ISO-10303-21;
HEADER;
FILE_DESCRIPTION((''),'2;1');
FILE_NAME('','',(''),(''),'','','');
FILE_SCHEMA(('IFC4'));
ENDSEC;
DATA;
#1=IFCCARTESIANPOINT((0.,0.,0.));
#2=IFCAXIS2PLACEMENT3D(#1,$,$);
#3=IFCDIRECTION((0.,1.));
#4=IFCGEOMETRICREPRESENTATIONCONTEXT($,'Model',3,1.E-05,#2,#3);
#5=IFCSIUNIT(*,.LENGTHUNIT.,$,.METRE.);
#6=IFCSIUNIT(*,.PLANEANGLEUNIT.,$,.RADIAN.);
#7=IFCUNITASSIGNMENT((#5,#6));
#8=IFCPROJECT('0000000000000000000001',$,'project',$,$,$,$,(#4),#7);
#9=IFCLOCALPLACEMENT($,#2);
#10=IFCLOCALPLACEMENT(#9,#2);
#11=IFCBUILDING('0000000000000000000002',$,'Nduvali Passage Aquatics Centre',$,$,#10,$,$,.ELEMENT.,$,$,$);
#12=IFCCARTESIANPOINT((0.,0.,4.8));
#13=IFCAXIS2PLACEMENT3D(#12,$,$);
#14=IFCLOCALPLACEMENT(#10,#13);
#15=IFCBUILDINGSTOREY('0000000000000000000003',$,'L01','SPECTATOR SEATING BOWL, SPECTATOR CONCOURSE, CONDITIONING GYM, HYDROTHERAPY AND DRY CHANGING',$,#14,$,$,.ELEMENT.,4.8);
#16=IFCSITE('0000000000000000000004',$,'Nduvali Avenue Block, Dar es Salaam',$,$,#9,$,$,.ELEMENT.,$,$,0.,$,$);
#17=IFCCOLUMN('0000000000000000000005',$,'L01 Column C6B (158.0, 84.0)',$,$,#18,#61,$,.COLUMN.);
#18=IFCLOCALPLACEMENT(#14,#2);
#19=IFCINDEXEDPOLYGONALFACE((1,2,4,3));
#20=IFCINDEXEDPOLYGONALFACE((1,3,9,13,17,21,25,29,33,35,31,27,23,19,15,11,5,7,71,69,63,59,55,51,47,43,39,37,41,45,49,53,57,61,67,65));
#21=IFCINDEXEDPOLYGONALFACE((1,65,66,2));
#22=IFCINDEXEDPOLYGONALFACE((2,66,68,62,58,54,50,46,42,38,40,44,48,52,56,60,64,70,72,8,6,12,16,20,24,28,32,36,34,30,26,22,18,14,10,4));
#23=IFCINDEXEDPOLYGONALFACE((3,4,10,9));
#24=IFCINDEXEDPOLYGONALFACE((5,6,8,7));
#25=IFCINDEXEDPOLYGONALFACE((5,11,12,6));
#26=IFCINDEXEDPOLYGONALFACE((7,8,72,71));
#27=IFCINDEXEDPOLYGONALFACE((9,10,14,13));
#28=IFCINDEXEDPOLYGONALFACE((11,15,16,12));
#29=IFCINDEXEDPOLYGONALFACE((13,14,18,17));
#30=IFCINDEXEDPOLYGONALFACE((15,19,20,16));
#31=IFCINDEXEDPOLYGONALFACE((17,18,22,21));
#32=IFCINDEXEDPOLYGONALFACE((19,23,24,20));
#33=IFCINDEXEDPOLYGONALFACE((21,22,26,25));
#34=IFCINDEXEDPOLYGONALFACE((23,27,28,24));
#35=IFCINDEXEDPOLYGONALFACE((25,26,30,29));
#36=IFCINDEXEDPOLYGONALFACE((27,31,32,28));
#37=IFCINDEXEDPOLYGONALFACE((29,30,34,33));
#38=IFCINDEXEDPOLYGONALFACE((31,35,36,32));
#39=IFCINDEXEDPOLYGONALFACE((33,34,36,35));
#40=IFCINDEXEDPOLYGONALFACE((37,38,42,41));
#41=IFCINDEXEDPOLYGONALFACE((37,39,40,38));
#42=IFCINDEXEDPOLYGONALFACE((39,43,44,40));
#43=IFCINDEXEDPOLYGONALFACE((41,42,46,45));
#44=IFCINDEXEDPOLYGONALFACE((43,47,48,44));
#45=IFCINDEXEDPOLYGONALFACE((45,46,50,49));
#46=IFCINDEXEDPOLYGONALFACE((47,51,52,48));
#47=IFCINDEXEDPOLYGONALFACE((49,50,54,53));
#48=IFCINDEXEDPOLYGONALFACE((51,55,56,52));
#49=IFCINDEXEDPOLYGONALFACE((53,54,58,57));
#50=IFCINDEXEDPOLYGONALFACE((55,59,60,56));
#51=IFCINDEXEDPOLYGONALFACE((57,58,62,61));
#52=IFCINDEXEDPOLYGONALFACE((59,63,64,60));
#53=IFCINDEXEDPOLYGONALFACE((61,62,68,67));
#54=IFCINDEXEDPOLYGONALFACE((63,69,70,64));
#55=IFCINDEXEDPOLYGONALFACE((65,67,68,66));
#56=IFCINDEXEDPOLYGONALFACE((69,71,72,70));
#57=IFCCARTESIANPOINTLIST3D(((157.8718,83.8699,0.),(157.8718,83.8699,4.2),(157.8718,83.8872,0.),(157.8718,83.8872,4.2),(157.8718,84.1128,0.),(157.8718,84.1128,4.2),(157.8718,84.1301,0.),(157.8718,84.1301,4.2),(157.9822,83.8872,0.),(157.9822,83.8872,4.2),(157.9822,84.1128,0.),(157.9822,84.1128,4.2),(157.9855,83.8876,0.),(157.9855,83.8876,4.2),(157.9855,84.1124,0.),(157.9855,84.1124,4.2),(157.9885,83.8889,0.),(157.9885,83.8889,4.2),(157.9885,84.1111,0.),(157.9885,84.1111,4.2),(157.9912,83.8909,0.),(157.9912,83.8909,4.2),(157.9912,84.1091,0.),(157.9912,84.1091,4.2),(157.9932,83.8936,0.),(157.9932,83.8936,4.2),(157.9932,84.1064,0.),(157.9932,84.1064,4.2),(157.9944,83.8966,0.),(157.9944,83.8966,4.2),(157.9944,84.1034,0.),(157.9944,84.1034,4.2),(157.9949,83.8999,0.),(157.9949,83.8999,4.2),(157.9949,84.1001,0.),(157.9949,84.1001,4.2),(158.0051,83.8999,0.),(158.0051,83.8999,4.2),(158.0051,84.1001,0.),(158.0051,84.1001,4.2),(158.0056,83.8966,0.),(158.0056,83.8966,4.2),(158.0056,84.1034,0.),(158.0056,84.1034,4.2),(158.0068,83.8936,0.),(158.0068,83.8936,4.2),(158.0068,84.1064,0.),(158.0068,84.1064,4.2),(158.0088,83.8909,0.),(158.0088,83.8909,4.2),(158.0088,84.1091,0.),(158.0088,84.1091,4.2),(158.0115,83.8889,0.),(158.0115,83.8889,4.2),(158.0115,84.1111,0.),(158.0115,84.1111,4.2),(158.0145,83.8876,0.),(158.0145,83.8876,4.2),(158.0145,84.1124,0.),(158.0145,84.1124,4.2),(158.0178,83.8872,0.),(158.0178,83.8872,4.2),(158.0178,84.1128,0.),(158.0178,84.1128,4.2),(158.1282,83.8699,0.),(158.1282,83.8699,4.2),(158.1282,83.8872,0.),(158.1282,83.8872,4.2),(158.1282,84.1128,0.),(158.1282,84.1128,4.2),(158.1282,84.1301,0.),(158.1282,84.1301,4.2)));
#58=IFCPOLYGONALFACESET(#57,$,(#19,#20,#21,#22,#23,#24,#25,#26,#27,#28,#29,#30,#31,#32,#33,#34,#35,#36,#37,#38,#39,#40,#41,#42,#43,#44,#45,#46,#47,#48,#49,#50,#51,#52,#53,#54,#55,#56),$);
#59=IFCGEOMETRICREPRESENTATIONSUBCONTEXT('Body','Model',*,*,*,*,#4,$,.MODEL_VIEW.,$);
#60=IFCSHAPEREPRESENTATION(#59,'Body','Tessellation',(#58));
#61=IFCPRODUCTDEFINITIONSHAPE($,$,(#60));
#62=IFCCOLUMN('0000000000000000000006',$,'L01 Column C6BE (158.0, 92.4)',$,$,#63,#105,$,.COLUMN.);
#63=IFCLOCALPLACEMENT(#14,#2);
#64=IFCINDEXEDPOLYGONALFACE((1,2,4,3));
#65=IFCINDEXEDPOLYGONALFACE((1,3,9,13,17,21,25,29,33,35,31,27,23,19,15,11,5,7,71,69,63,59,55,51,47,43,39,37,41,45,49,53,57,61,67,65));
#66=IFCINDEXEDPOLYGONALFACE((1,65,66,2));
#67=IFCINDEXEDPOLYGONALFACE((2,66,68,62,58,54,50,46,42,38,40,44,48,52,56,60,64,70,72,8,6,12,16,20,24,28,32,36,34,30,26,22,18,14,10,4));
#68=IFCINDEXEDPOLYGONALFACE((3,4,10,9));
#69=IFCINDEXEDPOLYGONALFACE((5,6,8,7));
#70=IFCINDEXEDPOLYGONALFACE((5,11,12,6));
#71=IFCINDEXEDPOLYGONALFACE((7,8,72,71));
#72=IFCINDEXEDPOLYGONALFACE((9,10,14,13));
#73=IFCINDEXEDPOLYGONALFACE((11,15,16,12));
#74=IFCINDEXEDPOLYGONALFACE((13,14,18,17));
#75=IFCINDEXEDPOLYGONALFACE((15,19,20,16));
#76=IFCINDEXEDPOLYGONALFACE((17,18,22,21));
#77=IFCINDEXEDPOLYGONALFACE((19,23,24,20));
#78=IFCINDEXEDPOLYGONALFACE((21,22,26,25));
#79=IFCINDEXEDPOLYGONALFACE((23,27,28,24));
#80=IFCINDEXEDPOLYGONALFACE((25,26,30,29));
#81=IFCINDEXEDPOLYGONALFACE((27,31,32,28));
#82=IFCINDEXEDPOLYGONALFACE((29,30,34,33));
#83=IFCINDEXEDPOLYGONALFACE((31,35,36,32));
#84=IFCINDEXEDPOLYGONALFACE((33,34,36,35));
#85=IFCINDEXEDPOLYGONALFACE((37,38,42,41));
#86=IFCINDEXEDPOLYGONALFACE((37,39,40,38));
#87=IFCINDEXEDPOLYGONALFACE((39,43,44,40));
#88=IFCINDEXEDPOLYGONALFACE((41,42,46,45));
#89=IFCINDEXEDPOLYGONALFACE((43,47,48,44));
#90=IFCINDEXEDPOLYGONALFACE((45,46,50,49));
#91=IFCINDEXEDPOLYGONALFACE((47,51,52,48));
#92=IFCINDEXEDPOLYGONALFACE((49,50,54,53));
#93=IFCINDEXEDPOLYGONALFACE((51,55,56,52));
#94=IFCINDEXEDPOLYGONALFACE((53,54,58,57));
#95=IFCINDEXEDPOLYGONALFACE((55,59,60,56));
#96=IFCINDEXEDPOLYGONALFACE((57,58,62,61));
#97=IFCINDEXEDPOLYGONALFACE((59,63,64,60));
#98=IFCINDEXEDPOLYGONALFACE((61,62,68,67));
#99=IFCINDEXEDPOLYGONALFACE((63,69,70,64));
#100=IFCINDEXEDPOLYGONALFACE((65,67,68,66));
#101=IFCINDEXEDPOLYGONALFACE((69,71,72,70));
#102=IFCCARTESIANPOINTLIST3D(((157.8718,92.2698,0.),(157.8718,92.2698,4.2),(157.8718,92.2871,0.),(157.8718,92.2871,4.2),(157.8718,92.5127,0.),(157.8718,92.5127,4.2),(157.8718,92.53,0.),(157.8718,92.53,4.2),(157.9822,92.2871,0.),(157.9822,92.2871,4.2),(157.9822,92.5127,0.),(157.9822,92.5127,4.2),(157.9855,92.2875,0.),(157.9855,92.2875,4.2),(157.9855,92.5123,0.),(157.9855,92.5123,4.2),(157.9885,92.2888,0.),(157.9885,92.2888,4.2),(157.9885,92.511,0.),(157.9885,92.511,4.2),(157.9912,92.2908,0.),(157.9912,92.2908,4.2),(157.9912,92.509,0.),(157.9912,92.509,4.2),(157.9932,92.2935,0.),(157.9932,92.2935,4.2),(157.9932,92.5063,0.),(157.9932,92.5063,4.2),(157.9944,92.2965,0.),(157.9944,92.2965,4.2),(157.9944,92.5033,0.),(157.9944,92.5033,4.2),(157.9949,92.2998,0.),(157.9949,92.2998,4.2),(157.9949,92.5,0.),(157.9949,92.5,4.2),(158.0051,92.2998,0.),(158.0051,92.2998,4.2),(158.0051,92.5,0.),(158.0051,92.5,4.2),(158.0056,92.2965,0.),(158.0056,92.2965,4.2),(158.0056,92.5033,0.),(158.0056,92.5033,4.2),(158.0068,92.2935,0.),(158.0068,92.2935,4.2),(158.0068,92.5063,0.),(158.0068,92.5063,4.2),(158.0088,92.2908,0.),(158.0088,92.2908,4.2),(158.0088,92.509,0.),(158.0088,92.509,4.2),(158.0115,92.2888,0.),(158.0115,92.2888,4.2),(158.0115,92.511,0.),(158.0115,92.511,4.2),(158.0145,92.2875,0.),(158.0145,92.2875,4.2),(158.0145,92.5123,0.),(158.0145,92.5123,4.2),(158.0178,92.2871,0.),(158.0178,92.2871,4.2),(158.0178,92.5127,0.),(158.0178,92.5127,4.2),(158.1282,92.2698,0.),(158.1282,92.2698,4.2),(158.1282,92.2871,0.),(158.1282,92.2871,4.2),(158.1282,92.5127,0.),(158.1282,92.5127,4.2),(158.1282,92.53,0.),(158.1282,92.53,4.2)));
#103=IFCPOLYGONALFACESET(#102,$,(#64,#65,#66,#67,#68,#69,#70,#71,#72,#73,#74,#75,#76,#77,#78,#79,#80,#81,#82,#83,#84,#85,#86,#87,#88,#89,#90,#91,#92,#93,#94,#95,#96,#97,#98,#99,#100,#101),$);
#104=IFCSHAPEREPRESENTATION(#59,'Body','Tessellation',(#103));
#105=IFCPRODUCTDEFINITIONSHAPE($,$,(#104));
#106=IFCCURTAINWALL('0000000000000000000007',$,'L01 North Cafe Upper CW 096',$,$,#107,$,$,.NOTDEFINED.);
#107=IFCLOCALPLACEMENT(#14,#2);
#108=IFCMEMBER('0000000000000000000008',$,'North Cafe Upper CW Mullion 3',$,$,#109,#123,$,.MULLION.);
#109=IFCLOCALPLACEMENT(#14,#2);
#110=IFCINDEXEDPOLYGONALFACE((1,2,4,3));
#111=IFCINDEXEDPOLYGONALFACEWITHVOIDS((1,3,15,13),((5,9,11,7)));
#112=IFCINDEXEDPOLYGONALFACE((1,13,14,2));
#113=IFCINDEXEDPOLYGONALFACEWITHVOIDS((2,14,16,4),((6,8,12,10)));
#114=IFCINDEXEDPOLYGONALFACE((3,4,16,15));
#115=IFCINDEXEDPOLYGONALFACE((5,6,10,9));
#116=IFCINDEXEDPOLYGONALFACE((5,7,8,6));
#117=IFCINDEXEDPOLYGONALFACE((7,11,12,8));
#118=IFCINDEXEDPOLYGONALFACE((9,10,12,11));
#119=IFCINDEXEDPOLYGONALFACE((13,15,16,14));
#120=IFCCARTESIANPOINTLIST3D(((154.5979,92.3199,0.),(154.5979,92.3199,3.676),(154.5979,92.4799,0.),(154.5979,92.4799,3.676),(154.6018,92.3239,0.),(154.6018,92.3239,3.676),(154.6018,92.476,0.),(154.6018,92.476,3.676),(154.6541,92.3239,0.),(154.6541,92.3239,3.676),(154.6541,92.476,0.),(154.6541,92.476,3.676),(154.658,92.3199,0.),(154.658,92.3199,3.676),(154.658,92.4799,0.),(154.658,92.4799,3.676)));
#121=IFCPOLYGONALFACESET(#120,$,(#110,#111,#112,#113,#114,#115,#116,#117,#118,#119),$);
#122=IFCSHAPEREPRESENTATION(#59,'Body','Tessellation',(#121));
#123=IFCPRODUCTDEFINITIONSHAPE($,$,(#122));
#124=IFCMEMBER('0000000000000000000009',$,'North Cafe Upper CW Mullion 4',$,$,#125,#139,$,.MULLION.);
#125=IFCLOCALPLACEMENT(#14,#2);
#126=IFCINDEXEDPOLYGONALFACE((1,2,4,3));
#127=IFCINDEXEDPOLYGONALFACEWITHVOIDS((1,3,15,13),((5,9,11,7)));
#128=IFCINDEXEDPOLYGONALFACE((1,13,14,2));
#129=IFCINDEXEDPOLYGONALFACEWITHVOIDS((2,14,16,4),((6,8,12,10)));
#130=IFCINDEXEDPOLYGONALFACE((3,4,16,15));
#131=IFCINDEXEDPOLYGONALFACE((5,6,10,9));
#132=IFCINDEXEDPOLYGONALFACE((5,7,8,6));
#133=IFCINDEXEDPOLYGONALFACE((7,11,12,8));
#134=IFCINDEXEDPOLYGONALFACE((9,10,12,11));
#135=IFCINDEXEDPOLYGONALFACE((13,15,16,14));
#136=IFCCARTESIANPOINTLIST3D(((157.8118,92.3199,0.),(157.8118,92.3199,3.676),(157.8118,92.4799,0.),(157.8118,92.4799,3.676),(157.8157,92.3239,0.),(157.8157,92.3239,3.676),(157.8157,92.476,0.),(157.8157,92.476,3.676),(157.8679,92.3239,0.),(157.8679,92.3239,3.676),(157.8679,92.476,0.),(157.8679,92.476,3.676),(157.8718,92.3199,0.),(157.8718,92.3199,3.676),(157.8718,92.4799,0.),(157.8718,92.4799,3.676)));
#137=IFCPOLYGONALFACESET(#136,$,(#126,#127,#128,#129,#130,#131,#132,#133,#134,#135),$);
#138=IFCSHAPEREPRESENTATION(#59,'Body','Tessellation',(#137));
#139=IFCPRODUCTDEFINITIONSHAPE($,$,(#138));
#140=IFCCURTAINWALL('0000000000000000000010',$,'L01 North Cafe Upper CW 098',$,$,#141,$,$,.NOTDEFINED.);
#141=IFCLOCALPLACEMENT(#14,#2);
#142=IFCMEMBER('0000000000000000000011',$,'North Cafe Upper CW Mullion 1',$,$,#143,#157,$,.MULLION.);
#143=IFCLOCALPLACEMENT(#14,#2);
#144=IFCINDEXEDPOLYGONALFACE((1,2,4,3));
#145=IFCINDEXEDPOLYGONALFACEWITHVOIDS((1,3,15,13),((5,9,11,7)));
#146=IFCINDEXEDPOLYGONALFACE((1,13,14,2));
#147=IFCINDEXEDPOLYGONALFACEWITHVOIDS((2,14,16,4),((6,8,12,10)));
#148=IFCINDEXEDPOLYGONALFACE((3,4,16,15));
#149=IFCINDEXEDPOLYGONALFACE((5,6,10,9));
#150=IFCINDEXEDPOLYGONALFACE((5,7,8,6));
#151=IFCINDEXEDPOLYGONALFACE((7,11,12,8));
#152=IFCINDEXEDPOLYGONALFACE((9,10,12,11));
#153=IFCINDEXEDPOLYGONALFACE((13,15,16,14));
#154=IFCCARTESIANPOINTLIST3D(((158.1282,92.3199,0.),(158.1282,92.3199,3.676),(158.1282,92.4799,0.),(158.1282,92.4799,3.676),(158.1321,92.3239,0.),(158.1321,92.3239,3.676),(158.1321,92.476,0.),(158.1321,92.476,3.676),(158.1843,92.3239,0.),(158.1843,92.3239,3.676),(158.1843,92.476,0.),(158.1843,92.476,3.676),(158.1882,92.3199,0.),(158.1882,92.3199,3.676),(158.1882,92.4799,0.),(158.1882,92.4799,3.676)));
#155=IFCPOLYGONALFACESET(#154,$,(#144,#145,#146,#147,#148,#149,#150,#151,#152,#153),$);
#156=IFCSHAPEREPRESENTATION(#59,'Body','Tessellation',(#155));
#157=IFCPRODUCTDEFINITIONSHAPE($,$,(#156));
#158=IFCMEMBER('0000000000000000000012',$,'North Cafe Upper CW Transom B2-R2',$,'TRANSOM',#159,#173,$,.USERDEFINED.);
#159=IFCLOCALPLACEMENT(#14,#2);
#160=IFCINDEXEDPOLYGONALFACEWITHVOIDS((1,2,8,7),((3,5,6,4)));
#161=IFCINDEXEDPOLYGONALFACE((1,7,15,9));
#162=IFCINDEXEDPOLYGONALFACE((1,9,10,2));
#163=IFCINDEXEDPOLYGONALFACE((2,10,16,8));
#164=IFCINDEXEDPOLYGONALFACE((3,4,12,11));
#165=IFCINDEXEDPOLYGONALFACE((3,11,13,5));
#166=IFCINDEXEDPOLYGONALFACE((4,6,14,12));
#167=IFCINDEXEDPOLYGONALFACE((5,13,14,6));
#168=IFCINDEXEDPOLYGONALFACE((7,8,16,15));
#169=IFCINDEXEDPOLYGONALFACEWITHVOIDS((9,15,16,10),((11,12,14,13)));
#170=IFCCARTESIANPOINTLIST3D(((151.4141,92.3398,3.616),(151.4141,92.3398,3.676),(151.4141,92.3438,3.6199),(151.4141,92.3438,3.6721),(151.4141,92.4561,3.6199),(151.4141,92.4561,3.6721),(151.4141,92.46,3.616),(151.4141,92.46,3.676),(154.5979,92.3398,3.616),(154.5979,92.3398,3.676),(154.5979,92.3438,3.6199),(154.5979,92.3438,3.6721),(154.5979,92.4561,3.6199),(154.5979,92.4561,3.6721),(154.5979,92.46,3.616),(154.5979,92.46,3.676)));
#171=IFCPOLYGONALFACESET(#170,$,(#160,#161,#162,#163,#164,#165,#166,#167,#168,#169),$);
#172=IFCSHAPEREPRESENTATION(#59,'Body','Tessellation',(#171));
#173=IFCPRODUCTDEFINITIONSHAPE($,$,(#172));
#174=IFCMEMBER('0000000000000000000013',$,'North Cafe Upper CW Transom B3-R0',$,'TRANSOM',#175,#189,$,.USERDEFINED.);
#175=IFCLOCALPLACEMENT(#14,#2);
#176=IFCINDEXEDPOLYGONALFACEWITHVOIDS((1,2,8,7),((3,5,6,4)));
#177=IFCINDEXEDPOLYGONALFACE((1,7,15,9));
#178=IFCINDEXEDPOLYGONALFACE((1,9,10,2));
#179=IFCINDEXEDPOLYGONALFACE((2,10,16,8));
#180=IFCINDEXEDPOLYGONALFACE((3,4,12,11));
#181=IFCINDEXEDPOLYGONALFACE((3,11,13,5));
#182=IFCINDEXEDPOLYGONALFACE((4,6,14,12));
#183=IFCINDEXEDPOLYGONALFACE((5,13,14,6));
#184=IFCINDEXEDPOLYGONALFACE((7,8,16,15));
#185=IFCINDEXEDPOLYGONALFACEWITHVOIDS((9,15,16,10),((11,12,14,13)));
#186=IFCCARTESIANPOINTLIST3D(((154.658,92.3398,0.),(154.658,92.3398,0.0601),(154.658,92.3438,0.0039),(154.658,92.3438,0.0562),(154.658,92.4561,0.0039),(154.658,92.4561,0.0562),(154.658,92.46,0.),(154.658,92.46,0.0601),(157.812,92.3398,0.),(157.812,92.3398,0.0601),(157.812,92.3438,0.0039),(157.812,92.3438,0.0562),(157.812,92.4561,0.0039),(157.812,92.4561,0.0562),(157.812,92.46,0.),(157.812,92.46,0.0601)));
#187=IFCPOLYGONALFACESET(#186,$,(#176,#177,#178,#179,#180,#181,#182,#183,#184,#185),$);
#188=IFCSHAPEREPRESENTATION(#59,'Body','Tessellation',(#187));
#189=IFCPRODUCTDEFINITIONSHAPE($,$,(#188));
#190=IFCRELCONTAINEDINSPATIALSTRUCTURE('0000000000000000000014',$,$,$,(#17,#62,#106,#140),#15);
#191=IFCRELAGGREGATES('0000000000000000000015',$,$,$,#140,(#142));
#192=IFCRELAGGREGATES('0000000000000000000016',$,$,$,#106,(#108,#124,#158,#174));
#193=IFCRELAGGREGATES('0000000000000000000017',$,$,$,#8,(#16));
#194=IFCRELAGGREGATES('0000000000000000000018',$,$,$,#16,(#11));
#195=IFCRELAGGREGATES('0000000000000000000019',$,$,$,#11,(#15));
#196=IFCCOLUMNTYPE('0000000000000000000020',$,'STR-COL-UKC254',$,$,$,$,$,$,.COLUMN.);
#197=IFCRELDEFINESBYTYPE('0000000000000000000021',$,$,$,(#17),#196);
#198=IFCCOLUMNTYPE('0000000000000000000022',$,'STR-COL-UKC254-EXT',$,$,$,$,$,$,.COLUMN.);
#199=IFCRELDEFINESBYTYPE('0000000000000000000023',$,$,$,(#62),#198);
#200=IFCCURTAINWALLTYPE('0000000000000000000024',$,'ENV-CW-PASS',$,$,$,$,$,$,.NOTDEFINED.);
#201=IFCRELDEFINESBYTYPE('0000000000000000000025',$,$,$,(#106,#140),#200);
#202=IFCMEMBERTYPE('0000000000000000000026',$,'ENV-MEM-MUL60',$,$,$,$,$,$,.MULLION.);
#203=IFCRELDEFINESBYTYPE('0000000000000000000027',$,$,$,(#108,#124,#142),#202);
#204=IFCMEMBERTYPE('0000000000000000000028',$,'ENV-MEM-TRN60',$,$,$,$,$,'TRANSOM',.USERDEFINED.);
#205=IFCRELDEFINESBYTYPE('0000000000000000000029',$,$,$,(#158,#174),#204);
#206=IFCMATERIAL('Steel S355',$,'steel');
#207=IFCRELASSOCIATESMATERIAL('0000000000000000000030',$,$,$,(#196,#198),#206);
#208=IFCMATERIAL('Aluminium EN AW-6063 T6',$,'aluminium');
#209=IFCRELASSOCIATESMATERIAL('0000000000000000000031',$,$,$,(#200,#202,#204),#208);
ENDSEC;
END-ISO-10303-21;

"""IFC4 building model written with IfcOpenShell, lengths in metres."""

from ifc_helpers import new_model, si_unit, direction, frame, origin, origin_2d, place, context, subcontext, project, spatial, hollow_rectangle, i_section, extrude, material, material_profile, profile_set, type_object, element, aggregate, save


model = new_model("IFC4")

# Units and contexts
model_context = context("Model", 3, precision=1e-05, world=origin(), true_north=direction((0.0, 1.0)))
body_context = subcontext(model_context, "Body", "Model", "MODEL_VIEW")
ifc_project = project(units=[si_unit("LENGTHUNIT", "METRE"), si_unit("PLANEANGLEUNIT", "RADIAN")], contexts=[model_context])

# Site, building, storey
site_placement = place(None, origin())
site = spatial("IfcSite", under=ifc_project, at=site_placement, Name="Nduvali Avenue Block, Dar es Salaam", CompositionType="ELEMENT", RefElevation=0.0)
building_placement = place(site_placement, origin())
building = spatial("IfcBuilding", under=site, at=building_placement, Name="Nduvali Passage Aquatics Centre", CompositionType="ELEMENT")
storey_placement = place(building_placement, frame((0.0, 0.0, 4.8)))
storey = spatial("IfcBuildingStorey", under=building, at=storey_placement, Name="L01", Description="SPECTATOR SEATING BOWL, SPECTATOR CONCOURSE, CONDITIONING GYM, HYDROTHERAPY AND DRY CHANGING", CompositionType="ELEMENT", Elevation=4.8)

# Columns
ifc_material_1 = material(Name="Steel S355", Category="steel")
ifc_material_profile_1 = material_profile(ifc_material_1, i_section(OverallWidth=0.2563, OverallDepth=0.2603, WebThickness=0.0103, FlangeThickness=0.0173, FilletRadius=0.0127, at=origin_2d()), Name="UKC 254x254x89")
ifc_profile_set_1 = profile_set([ifc_material_profile_1], Name="Steel S355")
column_type_1 = type_object("IfcColumnType", Name="STR-COL-UKC254", PredefinedType="COLUMN", material=ifc_profile_set_1)
column_1_placement = place(storey_placement, frame((158.0, 84.0, 0.0), z_axis=(0.0, 0.0, 1.0), x_axis=(1.0, 0.0, 0.0)))
element("IfcColumn", 1, at=column_1_placement, inside=storey, type_object=column_type_1, Name="L01 Column C6B (158.0, 84.0)", PredefinedType="COLUMN", context=body_context, shape_type="SweptSolid", body=[
    extrude(i_section(OverallWidth=0.2563, OverallDepth=0.2603, WebThickness=0.0103, FlangeThickness=0.0173, FilletRadius=0.0127, at=origin_2d()), origin(), (0.0, 0.0, 1.0), 4.2),
])
ifc_material_profile_2 = material_profile(ifc_material_1, i_section(OverallWidth=0.2563, OverallDepth=0.2603, WebThickness=0.0103, FlangeThickness=0.0173, FilletRadius=0.0127, at=origin_2d()), Name="UKC 254x254x89")
ifc_profile_set_2 = profile_set([ifc_material_profile_2], Name="Steel S355")
column_type_2 = type_object("IfcColumnType", Name="STR-COL-UKC254-EXT", PredefinedType="COLUMN", material=ifc_profile_set_2)
column_2_placement = place(storey_placement, frame((158.0, 92.3999, 0.0), z_axis=(0.0, 0.0, 1.0), x_axis=(1.0, 0.0, 0.0)))
element("IfcColumn", 2, at=column_2_placement, inside=storey, type_object=column_type_2, Name="L01 Column C6BE (158.0, 92.4)", PredefinedType="COLUMN", context=body_context, shape_type="SweptSolid", body=[
    extrude(i_section(OverallWidth=0.2563, OverallDepth=0.2603, WebThickness=0.0103, FlangeThickness=0.0173, FilletRadius=0.0127, at=origin_2d()), origin(), (0.0, 0.0, 1.0), 4.2),
])

# Curtain wall, members
ifc_material_2 = material(Name="Aluminium EN AW-6063 T6", Category="aluminium")
curtain_wall_type = type_object("IfcCurtainWallType", Name="ENV-CW-PASS", PredefinedType="NOTDEFINED", material=ifc_material_2)
curtain_wall_1_placement = place(storey_placement, origin())
curtain_wall_1 = element("IfcCurtainWall", 3, at=curtain_wall_1_placement, inside=storey, type_object=curtain_wall_type, Name="L01 North Cafe Upper CW 096", PredefinedType="NOTDEFINED")
ifc_material_profile_3 = material_profile(ifc_material_2, hollow_rectangle(XDim=0.0601, YDim=0.1599, WallThickness=0.0039, at=origin_2d()), Name="ALU MULLION 60x160x4")
ifc_profile_set_3 = profile_set([ifc_material_profile_3], Name="Aluminium EN AW-6063 T6")
member_type_1 = type_object("IfcMemberType", Name="ENV-MEM-MUL60", PredefinedType="MULLION", material=ifc_profile_set_3)
member_1_placement = place(storey_placement, frame((154.6279, 92.3999, 0.0), z_axis=(0.0, 0.0, 1.0), x_axis=(1.0, 0.0, 0.0)))
member_1 = element("IfcMember", 4, at=member_1_placement, type_object=member_type_1, Name="North Cafe Upper CW Mullion 3", PredefinedType="MULLION", context=body_context, shape_type="SweptSolid", body=[
    extrude(hollow_rectangle(XDim=0.0601, YDim=0.1599, WallThickness=0.0039, at=origin_2d()), origin(), (0.0, 0.0, 1.0), 3.676),
])
member_2_placement = place(storey_placement, frame((157.8418, 92.3999, 0.0), z_axis=(0.0, 0.0, 1.0), x_axis=(1.0, 0.0, 0.0)))
member_2 = element("IfcMember", 5, at=member_2_placement, type_object=member_type_1, Name="North Cafe Upper CW Mullion 4", PredefinedType="MULLION", context=body_context, shape_type="SweptSolid", body=[
    extrude(hollow_rectangle(XDim=0.0601, YDim=0.1599, WallThickness=0.0039, at=origin_2d()), origin(), (0.0, 0.0, 1.0), 3.676),
])

# Curtain wall, member
curtain_wall_2_placement = place(storey_placement, origin())
curtain_wall_2 = element("IfcCurtainWall", 6, at=curtain_wall_2_placement, inside=storey, type_object=curtain_wall_type, Name="L01 North Cafe Upper CW 098", PredefinedType="NOTDEFINED")
member_3_placement = place(storey_placement, frame((158.1582, 92.3999, 0.0), z_axis=(0.0, 0.0, 1.0), x_axis=(1.0, 0.0, 0.0)))
member_3 = element("IfcMember", 7, at=member_3_placement, type_object=member_type_1, Name="North Cafe Upper CW Mullion 1", PredefinedType="MULLION", context=body_context, shape_type="SweptSolid", body=[
    extrude(hollow_rectangle(XDim=0.0601, YDim=0.1599, WallThickness=0.0039, at=origin_2d()), origin(), (0.0, 0.0, 1.0), 3.676),
])

# Members
ifc_material_profile_4 = material_profile(ifc_material_2, hollow_rectangle(XDim=0.1201, YDim=0.0601, WallThickness=0.0039, at=origin_2d()), Name="ALU TRANSOM 120x60x4")
ifc_profile_set_4 = profile_set([ifc_material_profile_4], Name="Aluminium EN AW-6063 T6")
member_type_2 = type_object("IfcMemberType", Name="ENV-MEM-TRN60", ElementType="TRANSOM", PredefinedType="USERDEFINED", material=ifc_profile_set_4)
member_4_placement = place(storey_placement, frame((151.4141, 92.3999, 3.646), z_axis=(1.0, 0.0, 0.0), x_axis=(0.0, 1.0, 0.0)))
member_4 = element("IfcMember", 8, at=member_4_placement, type_object=member_type_2, Name="North Cafe Upper CW Transom B2-R2", ObjectType="TRANSOM", PredefinedType="USERDEFINED", context=body_context, shape_type="SweptSolid", body=[
    extrude(hollow_rectangle(XDim=0.1201, YDim=0.0601, WallThickness=0.0039, at=origin_2d()), origin(), (0.0, 0.0, 1.0), 3.1838),
])
member_5_placement = place(storey_placement, frame((154.658, 92.3999, 0.03), z_axis=(1.0, 0.0, 0.0), x_axis=(0.0, 1.0, 0.0)))
member_5 = element("IfcMember", 9, at=member_5_placement, type_object=member_type_2, Name="North Cafe Upper CW Transom B3-R0", ObjectType="TRANSOM", PredefinedType="USERDEFINED", context=body_context, shape_type="SweptSolid", body=[
    extrude(hollow_rectangle(XDim=0.1201, YDim=0.0601, WallThickness=0.0039, at=origin_2d()), origin(), (0.0, 0.0, 1.0), 3.1541),
])
aggregate(curtain_wall_2, [member_3])

aggregate(curtain_wall_1, [member_1, member_2, member_4, member_5])

save(model, "model.ifc")
